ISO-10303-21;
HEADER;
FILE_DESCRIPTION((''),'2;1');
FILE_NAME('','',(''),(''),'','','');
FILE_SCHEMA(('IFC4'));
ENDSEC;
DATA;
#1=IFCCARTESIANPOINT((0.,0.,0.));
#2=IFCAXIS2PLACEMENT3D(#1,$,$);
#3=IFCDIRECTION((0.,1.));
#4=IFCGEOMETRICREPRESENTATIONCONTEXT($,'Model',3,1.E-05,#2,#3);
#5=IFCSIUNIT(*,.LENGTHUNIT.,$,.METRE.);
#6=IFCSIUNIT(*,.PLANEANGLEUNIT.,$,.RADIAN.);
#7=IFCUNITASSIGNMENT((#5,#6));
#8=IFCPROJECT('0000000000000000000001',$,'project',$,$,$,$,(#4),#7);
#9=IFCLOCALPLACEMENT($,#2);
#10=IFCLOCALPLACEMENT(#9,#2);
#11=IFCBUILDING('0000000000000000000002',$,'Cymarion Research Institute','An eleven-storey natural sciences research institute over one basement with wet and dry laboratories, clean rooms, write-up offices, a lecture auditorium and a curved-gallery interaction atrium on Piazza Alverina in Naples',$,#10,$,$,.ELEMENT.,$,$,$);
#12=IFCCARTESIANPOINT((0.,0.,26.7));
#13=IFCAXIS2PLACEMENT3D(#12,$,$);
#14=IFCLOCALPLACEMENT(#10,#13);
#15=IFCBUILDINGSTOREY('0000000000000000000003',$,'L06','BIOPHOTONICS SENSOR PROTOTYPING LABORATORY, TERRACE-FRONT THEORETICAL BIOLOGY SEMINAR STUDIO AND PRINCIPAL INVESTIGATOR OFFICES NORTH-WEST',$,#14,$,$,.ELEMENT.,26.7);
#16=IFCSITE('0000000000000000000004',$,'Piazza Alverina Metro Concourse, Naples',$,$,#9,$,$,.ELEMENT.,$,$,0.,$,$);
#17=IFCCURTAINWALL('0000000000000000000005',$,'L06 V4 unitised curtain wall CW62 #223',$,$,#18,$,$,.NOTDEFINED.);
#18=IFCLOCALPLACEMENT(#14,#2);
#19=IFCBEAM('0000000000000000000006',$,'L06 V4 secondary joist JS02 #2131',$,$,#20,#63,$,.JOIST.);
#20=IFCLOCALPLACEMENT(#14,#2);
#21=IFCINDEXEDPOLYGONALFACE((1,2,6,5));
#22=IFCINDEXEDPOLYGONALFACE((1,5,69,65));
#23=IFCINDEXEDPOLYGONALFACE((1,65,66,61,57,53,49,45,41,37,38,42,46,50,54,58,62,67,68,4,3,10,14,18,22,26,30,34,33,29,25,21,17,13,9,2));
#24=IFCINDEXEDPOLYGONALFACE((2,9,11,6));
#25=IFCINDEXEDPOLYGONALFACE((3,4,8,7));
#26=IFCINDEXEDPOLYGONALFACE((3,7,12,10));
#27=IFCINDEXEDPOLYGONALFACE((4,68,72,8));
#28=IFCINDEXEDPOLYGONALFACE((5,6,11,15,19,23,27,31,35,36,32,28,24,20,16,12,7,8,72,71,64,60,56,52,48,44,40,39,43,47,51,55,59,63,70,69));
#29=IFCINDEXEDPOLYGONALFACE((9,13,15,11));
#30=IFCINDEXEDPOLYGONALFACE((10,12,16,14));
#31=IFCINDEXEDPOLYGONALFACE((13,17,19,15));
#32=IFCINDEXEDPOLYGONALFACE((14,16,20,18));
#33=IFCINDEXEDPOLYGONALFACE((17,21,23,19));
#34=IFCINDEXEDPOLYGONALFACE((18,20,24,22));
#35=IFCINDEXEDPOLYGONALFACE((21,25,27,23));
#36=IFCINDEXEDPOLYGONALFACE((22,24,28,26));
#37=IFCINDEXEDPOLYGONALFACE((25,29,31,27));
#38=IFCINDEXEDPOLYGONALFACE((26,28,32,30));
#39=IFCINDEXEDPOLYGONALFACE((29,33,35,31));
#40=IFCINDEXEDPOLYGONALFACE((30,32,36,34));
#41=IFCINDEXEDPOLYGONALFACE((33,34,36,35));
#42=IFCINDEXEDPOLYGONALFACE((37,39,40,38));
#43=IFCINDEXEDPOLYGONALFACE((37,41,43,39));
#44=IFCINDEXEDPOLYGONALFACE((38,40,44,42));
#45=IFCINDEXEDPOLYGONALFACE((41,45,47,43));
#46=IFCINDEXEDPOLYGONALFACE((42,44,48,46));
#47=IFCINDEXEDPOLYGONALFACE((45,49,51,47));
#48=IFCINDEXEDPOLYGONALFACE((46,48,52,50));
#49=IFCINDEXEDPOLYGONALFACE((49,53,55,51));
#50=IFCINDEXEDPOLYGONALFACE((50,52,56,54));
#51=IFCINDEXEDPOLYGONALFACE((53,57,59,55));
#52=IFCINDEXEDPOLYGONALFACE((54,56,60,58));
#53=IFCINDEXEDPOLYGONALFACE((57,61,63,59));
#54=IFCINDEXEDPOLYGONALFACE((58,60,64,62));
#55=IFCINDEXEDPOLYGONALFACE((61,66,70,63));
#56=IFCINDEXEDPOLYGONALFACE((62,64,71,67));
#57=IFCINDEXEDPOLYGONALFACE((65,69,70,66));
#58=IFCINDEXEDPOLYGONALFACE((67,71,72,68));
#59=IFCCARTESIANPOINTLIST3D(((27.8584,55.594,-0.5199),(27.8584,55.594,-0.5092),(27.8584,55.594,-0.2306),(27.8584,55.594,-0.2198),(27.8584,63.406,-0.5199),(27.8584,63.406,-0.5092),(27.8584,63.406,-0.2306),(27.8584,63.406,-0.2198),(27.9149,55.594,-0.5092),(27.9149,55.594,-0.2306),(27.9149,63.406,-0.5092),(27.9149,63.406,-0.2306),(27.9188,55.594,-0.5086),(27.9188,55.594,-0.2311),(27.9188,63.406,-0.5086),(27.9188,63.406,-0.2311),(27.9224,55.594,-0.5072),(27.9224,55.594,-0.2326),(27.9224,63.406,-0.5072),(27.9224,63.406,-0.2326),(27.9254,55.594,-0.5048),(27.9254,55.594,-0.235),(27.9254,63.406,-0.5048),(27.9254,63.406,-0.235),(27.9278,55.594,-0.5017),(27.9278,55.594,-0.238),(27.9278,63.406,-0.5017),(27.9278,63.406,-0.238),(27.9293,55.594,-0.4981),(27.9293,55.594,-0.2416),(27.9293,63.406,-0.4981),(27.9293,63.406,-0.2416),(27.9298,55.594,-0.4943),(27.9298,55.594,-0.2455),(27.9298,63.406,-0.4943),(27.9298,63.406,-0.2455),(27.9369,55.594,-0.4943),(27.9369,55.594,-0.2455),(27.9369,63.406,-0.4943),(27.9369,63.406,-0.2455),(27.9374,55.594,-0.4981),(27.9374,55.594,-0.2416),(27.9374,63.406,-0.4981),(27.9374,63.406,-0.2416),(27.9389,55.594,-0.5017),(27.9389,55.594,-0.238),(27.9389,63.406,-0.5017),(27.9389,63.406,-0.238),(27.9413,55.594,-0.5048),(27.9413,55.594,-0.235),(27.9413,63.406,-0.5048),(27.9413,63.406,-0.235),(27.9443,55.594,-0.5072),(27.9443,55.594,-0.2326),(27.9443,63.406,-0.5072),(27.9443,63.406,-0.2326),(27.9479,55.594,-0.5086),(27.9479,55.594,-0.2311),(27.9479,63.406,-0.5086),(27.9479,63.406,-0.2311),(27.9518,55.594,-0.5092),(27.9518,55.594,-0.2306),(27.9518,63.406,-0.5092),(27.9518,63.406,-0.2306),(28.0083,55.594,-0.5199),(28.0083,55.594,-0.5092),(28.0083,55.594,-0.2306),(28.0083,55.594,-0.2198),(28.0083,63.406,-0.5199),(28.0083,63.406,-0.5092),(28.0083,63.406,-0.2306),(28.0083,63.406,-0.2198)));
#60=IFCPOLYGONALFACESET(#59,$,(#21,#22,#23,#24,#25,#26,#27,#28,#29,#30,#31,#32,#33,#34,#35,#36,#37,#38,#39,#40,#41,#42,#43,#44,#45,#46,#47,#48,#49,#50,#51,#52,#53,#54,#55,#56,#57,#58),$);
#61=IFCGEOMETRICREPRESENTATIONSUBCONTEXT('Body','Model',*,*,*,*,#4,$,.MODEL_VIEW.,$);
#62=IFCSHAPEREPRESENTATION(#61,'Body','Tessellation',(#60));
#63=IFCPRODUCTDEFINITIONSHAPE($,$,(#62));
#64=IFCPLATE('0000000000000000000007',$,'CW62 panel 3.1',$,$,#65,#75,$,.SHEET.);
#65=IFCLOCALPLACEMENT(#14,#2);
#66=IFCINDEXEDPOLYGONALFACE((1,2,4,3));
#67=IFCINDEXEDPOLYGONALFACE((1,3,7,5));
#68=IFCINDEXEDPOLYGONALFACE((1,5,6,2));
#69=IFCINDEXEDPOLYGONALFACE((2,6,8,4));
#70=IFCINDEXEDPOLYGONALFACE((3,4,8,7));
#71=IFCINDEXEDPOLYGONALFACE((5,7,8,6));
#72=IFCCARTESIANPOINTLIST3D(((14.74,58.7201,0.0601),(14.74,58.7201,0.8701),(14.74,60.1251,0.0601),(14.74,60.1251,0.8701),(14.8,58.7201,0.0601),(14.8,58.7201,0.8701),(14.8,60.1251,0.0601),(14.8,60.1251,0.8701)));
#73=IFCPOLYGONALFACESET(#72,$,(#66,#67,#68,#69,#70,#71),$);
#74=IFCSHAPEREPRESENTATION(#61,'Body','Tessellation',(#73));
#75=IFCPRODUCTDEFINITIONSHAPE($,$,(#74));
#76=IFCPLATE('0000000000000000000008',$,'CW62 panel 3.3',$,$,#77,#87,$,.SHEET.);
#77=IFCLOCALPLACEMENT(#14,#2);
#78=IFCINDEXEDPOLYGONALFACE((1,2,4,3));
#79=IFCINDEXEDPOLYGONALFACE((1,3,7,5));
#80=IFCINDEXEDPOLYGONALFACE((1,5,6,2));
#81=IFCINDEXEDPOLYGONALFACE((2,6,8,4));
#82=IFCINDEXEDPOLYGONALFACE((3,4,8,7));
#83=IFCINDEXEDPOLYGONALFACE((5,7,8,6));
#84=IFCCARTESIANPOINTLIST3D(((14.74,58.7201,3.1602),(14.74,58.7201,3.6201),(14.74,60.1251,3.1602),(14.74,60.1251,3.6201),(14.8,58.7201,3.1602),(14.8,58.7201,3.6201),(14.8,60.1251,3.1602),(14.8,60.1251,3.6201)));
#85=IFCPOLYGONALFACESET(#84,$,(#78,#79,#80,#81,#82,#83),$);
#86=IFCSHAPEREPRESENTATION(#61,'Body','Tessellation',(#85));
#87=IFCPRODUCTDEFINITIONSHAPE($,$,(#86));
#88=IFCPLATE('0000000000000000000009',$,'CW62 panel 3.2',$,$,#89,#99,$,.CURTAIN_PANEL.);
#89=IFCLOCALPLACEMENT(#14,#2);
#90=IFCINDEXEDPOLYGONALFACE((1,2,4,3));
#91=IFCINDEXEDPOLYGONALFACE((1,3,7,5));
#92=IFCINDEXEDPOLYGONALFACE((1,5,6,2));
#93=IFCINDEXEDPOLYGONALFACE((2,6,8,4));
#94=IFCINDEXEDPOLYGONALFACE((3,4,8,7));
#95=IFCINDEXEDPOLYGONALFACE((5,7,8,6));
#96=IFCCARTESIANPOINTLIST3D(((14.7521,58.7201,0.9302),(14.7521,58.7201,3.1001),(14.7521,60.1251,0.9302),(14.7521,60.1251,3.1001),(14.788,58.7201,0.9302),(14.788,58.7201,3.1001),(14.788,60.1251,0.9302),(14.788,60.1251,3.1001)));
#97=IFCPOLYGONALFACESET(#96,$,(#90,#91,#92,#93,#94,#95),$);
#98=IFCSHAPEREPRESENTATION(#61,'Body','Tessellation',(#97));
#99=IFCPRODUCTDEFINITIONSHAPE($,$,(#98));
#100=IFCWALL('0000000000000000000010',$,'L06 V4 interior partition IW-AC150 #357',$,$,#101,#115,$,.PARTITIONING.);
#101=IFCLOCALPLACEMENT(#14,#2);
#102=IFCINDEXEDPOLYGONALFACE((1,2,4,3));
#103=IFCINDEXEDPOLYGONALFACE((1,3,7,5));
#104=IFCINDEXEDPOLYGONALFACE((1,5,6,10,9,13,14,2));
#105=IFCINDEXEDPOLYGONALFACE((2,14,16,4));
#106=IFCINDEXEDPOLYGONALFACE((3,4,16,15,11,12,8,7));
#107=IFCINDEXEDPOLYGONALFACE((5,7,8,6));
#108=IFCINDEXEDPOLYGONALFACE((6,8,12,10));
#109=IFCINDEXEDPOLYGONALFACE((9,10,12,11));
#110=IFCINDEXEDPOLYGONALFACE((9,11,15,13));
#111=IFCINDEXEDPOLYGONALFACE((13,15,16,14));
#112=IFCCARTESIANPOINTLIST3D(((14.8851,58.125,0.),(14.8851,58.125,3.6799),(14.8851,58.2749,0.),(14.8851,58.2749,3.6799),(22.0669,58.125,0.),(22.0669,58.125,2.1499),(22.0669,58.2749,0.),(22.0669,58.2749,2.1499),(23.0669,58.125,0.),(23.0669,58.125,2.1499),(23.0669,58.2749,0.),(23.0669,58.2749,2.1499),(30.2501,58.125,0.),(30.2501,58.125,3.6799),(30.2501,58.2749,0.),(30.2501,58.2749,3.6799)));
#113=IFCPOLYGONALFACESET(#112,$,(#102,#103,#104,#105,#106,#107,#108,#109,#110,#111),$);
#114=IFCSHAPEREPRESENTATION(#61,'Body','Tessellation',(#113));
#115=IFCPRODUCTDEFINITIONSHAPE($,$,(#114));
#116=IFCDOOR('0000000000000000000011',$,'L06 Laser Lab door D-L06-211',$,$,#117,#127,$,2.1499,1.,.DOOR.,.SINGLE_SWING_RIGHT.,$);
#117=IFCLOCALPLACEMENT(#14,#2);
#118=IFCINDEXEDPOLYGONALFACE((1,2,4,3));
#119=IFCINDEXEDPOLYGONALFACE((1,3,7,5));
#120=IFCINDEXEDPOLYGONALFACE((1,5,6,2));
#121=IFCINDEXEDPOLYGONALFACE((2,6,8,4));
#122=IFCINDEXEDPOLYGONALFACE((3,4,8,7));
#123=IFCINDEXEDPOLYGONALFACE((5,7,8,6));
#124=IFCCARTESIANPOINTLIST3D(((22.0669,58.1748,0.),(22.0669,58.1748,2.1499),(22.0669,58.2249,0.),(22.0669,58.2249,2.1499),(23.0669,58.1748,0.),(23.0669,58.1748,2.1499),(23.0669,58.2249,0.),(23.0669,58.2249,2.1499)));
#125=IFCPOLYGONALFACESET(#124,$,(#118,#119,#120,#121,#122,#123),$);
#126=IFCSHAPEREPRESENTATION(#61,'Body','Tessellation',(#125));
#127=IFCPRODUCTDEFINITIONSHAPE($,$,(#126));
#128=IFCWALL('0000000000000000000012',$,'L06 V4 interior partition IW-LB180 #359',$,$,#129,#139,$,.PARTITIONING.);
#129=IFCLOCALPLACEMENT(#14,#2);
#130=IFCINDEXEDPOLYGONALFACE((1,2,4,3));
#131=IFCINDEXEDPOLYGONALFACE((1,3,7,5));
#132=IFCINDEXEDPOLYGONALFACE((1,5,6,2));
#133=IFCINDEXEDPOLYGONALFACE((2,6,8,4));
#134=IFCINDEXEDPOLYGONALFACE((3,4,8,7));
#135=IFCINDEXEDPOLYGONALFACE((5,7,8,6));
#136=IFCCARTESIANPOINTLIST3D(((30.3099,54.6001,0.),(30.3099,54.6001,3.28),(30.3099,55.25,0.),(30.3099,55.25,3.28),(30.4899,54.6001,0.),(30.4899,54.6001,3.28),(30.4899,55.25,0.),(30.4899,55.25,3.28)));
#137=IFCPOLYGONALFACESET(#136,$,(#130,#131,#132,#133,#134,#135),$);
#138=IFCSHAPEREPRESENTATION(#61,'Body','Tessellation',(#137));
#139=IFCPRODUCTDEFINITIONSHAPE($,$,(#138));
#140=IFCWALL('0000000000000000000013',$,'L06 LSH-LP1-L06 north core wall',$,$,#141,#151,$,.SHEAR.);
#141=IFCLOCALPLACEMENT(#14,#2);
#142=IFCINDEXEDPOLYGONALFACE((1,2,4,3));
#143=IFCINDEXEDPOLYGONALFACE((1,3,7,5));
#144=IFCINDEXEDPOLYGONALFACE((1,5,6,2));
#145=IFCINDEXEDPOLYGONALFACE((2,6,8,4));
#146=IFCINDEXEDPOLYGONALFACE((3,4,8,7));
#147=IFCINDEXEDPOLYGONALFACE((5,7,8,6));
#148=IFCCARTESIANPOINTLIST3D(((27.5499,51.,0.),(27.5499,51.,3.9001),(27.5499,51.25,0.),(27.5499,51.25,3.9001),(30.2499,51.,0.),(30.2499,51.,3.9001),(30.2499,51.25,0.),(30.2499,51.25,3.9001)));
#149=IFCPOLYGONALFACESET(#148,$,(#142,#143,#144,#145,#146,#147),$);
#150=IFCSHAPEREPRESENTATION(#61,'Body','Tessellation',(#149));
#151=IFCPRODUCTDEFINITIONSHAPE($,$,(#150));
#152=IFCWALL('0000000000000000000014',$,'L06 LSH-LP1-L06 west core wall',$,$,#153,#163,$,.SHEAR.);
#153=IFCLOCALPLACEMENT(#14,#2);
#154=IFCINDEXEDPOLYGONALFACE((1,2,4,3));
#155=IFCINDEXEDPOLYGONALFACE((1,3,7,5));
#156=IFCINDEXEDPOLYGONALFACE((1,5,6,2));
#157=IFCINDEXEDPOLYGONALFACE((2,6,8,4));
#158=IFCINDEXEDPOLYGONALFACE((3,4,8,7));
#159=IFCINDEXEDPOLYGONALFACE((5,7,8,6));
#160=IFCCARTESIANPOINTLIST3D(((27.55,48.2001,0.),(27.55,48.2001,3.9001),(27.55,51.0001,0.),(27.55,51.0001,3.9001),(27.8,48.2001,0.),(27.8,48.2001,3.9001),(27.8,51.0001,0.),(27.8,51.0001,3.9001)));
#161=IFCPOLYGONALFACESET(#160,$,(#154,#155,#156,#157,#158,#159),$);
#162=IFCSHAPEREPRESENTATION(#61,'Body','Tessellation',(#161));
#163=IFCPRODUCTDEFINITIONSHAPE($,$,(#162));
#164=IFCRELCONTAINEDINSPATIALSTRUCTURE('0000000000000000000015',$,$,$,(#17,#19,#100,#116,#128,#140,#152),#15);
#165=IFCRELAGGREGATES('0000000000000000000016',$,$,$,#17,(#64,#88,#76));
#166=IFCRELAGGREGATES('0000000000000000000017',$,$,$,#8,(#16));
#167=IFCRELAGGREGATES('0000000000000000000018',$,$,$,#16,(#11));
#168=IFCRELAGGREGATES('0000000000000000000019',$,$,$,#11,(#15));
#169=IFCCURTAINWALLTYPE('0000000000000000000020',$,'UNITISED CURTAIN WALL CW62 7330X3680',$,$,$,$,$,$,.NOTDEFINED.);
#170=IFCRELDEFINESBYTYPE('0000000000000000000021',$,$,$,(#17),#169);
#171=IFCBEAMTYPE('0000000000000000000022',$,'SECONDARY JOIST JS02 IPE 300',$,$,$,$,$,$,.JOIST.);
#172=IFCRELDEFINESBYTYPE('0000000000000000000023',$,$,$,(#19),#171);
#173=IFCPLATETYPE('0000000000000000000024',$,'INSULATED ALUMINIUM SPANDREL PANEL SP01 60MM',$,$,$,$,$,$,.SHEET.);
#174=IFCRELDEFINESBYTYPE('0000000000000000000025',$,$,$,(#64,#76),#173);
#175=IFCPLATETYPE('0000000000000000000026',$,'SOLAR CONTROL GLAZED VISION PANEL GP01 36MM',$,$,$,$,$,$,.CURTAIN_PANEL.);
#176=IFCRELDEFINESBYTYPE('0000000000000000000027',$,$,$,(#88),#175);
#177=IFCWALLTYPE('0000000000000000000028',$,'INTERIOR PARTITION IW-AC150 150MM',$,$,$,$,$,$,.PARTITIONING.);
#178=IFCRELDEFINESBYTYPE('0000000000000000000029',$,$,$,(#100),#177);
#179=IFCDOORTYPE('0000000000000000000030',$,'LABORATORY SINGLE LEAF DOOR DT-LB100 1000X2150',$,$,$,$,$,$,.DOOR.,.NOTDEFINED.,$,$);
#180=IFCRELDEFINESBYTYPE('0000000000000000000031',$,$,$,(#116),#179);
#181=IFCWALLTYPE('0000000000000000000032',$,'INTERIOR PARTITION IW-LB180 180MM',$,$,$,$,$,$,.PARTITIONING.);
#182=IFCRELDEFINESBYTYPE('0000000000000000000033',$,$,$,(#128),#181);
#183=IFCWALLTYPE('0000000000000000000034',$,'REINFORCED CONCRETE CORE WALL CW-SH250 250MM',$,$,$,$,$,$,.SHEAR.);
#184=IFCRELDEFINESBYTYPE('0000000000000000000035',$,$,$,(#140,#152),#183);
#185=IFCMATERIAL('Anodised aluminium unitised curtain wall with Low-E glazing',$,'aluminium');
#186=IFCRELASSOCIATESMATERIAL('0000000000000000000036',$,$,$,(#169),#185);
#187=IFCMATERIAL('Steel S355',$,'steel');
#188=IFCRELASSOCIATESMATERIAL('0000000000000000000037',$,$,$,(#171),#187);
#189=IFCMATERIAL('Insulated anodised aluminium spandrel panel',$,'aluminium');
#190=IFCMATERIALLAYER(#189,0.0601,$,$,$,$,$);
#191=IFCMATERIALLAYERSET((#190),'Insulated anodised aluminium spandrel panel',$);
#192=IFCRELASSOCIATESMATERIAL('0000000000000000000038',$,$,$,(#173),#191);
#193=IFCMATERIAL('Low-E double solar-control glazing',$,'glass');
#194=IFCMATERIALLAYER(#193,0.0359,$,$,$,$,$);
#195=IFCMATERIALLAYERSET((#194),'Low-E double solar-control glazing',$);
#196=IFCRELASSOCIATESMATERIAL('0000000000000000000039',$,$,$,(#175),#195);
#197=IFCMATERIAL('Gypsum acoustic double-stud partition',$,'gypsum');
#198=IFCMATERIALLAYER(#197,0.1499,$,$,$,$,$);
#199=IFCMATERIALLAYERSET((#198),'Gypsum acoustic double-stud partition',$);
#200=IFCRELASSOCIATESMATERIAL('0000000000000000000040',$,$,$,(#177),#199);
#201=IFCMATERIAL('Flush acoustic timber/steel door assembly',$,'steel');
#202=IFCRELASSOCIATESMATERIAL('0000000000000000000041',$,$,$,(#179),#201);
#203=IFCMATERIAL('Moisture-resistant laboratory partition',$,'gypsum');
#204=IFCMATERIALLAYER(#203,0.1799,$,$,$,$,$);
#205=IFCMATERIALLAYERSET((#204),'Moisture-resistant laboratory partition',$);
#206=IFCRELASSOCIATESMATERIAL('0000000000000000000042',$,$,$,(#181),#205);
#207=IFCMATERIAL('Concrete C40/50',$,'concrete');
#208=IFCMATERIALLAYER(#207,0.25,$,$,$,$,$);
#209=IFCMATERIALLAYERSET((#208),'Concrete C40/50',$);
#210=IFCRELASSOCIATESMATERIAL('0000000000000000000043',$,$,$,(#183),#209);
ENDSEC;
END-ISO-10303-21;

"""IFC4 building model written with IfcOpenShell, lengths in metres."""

from ifc_helpers import new_model, si_unit, direction, frame, frame_2d, origin, origin_2d, place, context, subcontext, project, spatial, rectangle, i_section, extrude, material, layer, layer_set, material_profile, profile_set, type_object, element, fill, aggregate, save


model = new_model("IFC4")

# Units and contexts
model_context = context("Model", 3, precision=1e-05, world=origin(), true_north=direction((0.0, 1.0)))
body_context = subcontext(model_context, "Body", "Model", "MODEL_VIEW")
ifc_project = project(units=[si_unit("LENGTHUNIT", "METRE"), si_unit("PLANEANGLEUNIT", "RADIAN")], contexts=[model_context])

# Site, building, storey
site_placement = place(None, origin())
site = spatial("IfcSite", under=ifc_project, at=site_placement, Name="Piazza Alverina Metro Concourse, Naples", CompositionType="ELEMENT", RefElevation=0.0)
building_placement = place(site_placement, origin())
building = spatial("IfcBuilding", under=site, at=building_placement, Name="Cymarion Research Institute", Description="An eleven-storey natural sciences research institute over one basement with wet and dry laboratories, clean rooms, write-up offices, a lecture auditorium and a curved-gallery interaction atrium on Piazza Alverina in Naples", CompositionType="ELEMENT")
storey_placement = place(building_placement, frame((0.0, 0.0, 26.7)))
storey = spatial("IfcBuildingStorey", under=building, at=storey_placement, Name="L06", Description="BIOPHOTONICS SENSOR PROTOTYPING LABORATORY, TERRACE-FRONT THEORETICAL BIOLOGY SEMINAR STUDIO AND PRINCIPAL INVESTIGATOR OFFICES NORTH-WEST", CompositionType="ELEMENT", Elevation=26.7)

# Shared definitions
ifc_material_1 = material(Name="Steel S355", Category="steel")

# Curtain wall
ifc_material_2 = material(Name="Anodised aluminium unitised curtain wall with Low-E glazing", Category="aluminium")
curtain_wall_type = type_object("IfcCurtainWallType", Name="UNITISED CURTAIN WALL CW62 7330X3680", PredefinedType="NOTDEFINED", material=ifc_material_2)
curtain_wall_placement = place(storey_placement, origin())
curtain_wall = element("IfcCurtainWall", 1, at=curtain_wall_placement, inside=storey, type_object=curtain_wall_type, Name="L06 V4 unitised curtain wall CW62 #223", PredefinedType="NOTDEFINED")

# Beam
ifc_material_profile_1 = material_profile(ifc_material_1, i_section(OverallWidth=0.1499, OverallDepth=0.3, WebThickness=0.0071, FlangeThickness=0.0107, FilletRadius=0.0149, at=origin_2d()), Name="IPE 300")
ifc_profile_set_1 = profile_set([ifc_material_profile_1], Name="Steel S355")
beam_type_1 = type_object("IfcBeamType", Name="SECONDARY JOIST JS02 IPE 300", PredefinedType="JOIST", material=ifc_profile_set_1)
for number, where, z_axis, x_axis, name in (
    (2, (27.9333, 55.594, -0.3699), (0.0, 1.0, 0.0), (-1.0, 0.0, 0.0), "L06 V4 secondary joist JS02 #2131"),
):
    element("IfcBeam", number, at=place(storey_placement, frame(where, z_axis=z_axis, x_axis=x_axis)), inside=storey, type_object=beam_type_1, Name=name, PredefinedType="JOIST", context=body_context, shape_type="SweptSolid", body=[
        extrude(i_section(OverallWidth=0.1499, OverallDepth=0.3, WebThickness=0.0071, FlangeThickness=0.0107, FilletRadius=0.0149, at=origin_2d()), origin(), (0.0, 0.0, 1.0), 7.812),
    ])

# Plates
ifc_material_3 = material(Name="Insulated anodised aluminium spandrel panel", Category="aluminium")
ifc_layer_1 = layer(ifc_material_3, 0.0601)
ifc_layer_set_1 = layer_set([ifc_layer_1], Name="Insulated anodised aluminium spandrel panel")
plate_type_1 = type_object("IfcPlateType", Name="INSULATED ALUMINIUM SPANDREL PANEL SP01 60MM", PredefinedType="SHEET", material=ifc_layer_set_1)
plate_1_placement = place(storey_placement, frame((14.77, 59.4226, 0.0601), z_axis=(0.0, 0.0, 1.0), x_axis=(0.0, -1.0, 0.0)))
plate_1 = element("IfcPlate", 3, at=plate_1_placement, type_object=plate_type_1, Name="CW62 panel 3.1", PredefinedType="SHEET", context=body_context, shape_type="SweptSolid", body=[
    extrude(rectangle(XDim=1.405, YDim=0.0601, at=origin_2d()), origin(), (0.0, 0.0, 1.0), 0.8101),
])
plate_2_placement = place(storey_placement, frame((14.77, 59.4226, 3.1602), z_axis=(0.0, 0.0, 1.0), x_axis=(0.0, -1.0, 0.0)))
plate_2 = element("IfcPlate", 4, at=plate_2_placement, type_object=plate_type_1, Name="CW62 panel 3.3", PredefinedType="SHEET", context=body_context, shape_type="SweptSolid", body=[
    extrude(rectangle(XDim=1.405, YDim=0.0601, at=origin_2d()), origin(), (0.0, 0.0, 1.0), 0.46),
])
ifc_material_4 = material(Name="Low-E double solar-control glazing", Category="glass")
ifc_layer_2 = layer(ifc_material_4, 0.0359)
ifc_layer_set_2 = layer_set([ifc_layer_2], Name="Low-E double solar-control glazing")
plate_type_2 = type_object("IfcPlateType", Name="SOLAR CONTROL GLAZED VISION PANEL GP01 36MM", PredefinedType="CURTAIN_PANEL", material=ifc_layer_set_2)
plate_3_placement = place(storey_placement, frame((14.77, 59.4226, 0.9302), z_axis=(0.0, 0.0, 1.0), x_axis=(0.0, -1.0, 0.0)))
plate_3 = element("IfcPlate", 5, at=plate_3_placement, type_object=plate_type_2, Name="CW62 panel 3.2", PredefinedType="CURTAIN_PANEL", context=body_context, shape_type="SweptSolid", body=[
    extrude(rectangle(XDim=1.405, YDim=0.0359, at=origin_2d()), origin(), (0.0, 0.0, 1.0), 2.1699),
])
aggregate(curtain_wall, [plate_1, plate_3, plate_2])

# Wall, opening, door
ifc_material_5 = material(Name="Gypsum acoustic double-stud partition", Category="gypsum")
ifc_layer_3 = layer(ifc_material_5, 0.1499)
ifc_layer_set_3 = layer_set([ifc_layer_3], Name="Gypsum acoustic double-stud partition")
wall_type_1 = type_object("IfcWallType", Name="INTERIOR PARTITION IW-AC150 150MM", PredefinedType="PARTITIONING", material=ifc_layer_set_3)
wall_1_placement = place(storey_placement, frame((14.885, 58.2, 0.0), z_axis=(0.0, 0.0, 1.0), x_axis=(1.0, 0.0, 0.0)))
wall_1 = element("IfcWall", 6, at=wall_1_placement, inside=storey, type_object=wall_type_1, Name="L06 V4 interior partition IW-AC150 #357", PredefinedType="PARTITIONING", context=body_context, shape_type="SweptSolid", body=[
    extrude(rectangle(XDim=15.365, YDim=0.1499, at=frame_2d((7.6826, 0.0))), origin(), (0.0, 0.0, 1.0), 3.6799),
])
opening_placement = place(wall_1_placement, frame((7.1819, 0.0, 0.0)))
opening = element("IfcOpeningElement", 7, at=opening_placement, cuts=wall_1, PredefinedType="OPENING", context=body_context, shape_type="SweptSolid", body=[
    extrude(rectangle(XDim=1.0, YDim=2.1499, at=frame_2d((0.5, 1.075))), frame((0.0, 0.085, 0.0), z_axis=(0.0, -1.0, 0.0), x_axis=(1.0, 0.0, 0.0)), (0.0, 0.0, 1.0), 0.1699),
])
ifc_material_6 = material(Name="Flush acoustic timber/steel door assembly", Category="steel")
door_type = type_object("IfcDoorType", Name="LABORATORY SINGLE LEAF DOOR DT-LB100 1000X2150", OperationType="NOTDEFINED", PredefinedType="DOOR", material=ifc_material_6)
door_placement = place(opening_placement, origin())
door = element("IfcDoor", 8, at=door_placement, inside=storey, type_object=door_type, Name="L06 Laser Lab door D-L06-211", OperationType="SINGLE_SWING_RIGHT", OverallHeight=2.1499, OverallWidth=1.0, PredefinedType="DOOR", context=body_context, shape_type="SweptSolid", body=[
    extrude(rectangle(XDim=1.0, YDim=2.1499, at=frame_2d((0.5, 1.075))), frame((0.0, 0.0249, 0.0), z_axis=(0.0, -1.0, 0.0), x_axis=(1.0, 0.0, 0.0)), (0.0, 0.0, 1.0), 0.05),
])
fill(opening, door)

# Walls
ifc_material_7 = material(Name="Moisture-resistant laboratory partition", Category="gypsum")
ifc_layer_4 = layer(ifc_material_7, 0.1799)
ifc_layer_set_4 = layer_set([ifc_layer_4], Name="Moisture-resistant laboratory partition")
wall_type_2 = type_object("IfcWallType", Name="INTERIOR PARTITION IW-LB180 180MM", PredefinedType="PARTITIONING", material=ifc_layer_set_4)
wall_2_placement = place(storey_placement, frame((30.3999, 54.6001, 0.0), z_axis=(0.0, 0.0, 1.0), x_axis=(0.0, 1.0, 0.0)))
element("IfcWall", 9, at=wall_2_placement, inside=storey, type_object=wall_type_2, Name="L06 V4 interior partition IW-LB180 #359", PredefinedType="PARTITIONING", context=body_context, shape_type="SweptSolid", body=[
    extrude(rectangle(XDim=0.6499, YDim=0.1799, at=frame_2d((0.325, 0.0))), origin(), (0.0, 0.0, 1.0), 3.28),
])
ifc_material_8 = material(Name="Concrete C40/50", Category="concrete")
ifc_layer_5 = layer(ifc_material_8, 0.25)
ifc_layer_set_5 = layer_set([ifc_layer_5], Name="Concrete C40/50")
wall_type_3 = type_object("IfcWallType", Name="REINFORCED CONCRETE CORE WALL CW-SH250 250MM", PredefinedType="SHEAR", material=ifc_layer_set_5)
wall_3_placement = place(storey_placement, frame((30.25, 51.125, 0.0), z_axis=(0.0, 0.0, 1.0), x_axis=(-1.0, 0.0, 0.0)))
element("IfcWall", 10, at=wall_3_placement, inside=storey, type_object=wall_type_3, Name="L06 LSH-LP1-L06 north core wall", PredefinedType="SHEAR", context=body_context, shape_type="SweptSolid", body=[
    extrude(rectangle(XDim=2.7, YDim=0.25, at=frame_2d((1.3501, 0.0))), origin(), (0.0, 0.0, 1.0), 3.9001),
])
wall_4_placement = place(storey_placement, frame((27.675, 51.0, 0.0), z_axis=(0.0, 0.0, 1.0), x_axis=(0.0, -1.0, 0.0)))
element("IfcWall", 11, at=wall_4_placement, inside=storey, type_object=wall_type_3, Name="L06 LSH-LP1-L06 west core wall", PredefinedType="SHEAR", context=body_context, shape_type="SweptSolid", body=[
    extrude(rectangle(XDim=2.8, YDim=0.25, at=frame_2d((1.3999, 0.0))), origin(), (0.0, 0.0, 1.0), 3.9001),
])

save(model, "model.ifc")
